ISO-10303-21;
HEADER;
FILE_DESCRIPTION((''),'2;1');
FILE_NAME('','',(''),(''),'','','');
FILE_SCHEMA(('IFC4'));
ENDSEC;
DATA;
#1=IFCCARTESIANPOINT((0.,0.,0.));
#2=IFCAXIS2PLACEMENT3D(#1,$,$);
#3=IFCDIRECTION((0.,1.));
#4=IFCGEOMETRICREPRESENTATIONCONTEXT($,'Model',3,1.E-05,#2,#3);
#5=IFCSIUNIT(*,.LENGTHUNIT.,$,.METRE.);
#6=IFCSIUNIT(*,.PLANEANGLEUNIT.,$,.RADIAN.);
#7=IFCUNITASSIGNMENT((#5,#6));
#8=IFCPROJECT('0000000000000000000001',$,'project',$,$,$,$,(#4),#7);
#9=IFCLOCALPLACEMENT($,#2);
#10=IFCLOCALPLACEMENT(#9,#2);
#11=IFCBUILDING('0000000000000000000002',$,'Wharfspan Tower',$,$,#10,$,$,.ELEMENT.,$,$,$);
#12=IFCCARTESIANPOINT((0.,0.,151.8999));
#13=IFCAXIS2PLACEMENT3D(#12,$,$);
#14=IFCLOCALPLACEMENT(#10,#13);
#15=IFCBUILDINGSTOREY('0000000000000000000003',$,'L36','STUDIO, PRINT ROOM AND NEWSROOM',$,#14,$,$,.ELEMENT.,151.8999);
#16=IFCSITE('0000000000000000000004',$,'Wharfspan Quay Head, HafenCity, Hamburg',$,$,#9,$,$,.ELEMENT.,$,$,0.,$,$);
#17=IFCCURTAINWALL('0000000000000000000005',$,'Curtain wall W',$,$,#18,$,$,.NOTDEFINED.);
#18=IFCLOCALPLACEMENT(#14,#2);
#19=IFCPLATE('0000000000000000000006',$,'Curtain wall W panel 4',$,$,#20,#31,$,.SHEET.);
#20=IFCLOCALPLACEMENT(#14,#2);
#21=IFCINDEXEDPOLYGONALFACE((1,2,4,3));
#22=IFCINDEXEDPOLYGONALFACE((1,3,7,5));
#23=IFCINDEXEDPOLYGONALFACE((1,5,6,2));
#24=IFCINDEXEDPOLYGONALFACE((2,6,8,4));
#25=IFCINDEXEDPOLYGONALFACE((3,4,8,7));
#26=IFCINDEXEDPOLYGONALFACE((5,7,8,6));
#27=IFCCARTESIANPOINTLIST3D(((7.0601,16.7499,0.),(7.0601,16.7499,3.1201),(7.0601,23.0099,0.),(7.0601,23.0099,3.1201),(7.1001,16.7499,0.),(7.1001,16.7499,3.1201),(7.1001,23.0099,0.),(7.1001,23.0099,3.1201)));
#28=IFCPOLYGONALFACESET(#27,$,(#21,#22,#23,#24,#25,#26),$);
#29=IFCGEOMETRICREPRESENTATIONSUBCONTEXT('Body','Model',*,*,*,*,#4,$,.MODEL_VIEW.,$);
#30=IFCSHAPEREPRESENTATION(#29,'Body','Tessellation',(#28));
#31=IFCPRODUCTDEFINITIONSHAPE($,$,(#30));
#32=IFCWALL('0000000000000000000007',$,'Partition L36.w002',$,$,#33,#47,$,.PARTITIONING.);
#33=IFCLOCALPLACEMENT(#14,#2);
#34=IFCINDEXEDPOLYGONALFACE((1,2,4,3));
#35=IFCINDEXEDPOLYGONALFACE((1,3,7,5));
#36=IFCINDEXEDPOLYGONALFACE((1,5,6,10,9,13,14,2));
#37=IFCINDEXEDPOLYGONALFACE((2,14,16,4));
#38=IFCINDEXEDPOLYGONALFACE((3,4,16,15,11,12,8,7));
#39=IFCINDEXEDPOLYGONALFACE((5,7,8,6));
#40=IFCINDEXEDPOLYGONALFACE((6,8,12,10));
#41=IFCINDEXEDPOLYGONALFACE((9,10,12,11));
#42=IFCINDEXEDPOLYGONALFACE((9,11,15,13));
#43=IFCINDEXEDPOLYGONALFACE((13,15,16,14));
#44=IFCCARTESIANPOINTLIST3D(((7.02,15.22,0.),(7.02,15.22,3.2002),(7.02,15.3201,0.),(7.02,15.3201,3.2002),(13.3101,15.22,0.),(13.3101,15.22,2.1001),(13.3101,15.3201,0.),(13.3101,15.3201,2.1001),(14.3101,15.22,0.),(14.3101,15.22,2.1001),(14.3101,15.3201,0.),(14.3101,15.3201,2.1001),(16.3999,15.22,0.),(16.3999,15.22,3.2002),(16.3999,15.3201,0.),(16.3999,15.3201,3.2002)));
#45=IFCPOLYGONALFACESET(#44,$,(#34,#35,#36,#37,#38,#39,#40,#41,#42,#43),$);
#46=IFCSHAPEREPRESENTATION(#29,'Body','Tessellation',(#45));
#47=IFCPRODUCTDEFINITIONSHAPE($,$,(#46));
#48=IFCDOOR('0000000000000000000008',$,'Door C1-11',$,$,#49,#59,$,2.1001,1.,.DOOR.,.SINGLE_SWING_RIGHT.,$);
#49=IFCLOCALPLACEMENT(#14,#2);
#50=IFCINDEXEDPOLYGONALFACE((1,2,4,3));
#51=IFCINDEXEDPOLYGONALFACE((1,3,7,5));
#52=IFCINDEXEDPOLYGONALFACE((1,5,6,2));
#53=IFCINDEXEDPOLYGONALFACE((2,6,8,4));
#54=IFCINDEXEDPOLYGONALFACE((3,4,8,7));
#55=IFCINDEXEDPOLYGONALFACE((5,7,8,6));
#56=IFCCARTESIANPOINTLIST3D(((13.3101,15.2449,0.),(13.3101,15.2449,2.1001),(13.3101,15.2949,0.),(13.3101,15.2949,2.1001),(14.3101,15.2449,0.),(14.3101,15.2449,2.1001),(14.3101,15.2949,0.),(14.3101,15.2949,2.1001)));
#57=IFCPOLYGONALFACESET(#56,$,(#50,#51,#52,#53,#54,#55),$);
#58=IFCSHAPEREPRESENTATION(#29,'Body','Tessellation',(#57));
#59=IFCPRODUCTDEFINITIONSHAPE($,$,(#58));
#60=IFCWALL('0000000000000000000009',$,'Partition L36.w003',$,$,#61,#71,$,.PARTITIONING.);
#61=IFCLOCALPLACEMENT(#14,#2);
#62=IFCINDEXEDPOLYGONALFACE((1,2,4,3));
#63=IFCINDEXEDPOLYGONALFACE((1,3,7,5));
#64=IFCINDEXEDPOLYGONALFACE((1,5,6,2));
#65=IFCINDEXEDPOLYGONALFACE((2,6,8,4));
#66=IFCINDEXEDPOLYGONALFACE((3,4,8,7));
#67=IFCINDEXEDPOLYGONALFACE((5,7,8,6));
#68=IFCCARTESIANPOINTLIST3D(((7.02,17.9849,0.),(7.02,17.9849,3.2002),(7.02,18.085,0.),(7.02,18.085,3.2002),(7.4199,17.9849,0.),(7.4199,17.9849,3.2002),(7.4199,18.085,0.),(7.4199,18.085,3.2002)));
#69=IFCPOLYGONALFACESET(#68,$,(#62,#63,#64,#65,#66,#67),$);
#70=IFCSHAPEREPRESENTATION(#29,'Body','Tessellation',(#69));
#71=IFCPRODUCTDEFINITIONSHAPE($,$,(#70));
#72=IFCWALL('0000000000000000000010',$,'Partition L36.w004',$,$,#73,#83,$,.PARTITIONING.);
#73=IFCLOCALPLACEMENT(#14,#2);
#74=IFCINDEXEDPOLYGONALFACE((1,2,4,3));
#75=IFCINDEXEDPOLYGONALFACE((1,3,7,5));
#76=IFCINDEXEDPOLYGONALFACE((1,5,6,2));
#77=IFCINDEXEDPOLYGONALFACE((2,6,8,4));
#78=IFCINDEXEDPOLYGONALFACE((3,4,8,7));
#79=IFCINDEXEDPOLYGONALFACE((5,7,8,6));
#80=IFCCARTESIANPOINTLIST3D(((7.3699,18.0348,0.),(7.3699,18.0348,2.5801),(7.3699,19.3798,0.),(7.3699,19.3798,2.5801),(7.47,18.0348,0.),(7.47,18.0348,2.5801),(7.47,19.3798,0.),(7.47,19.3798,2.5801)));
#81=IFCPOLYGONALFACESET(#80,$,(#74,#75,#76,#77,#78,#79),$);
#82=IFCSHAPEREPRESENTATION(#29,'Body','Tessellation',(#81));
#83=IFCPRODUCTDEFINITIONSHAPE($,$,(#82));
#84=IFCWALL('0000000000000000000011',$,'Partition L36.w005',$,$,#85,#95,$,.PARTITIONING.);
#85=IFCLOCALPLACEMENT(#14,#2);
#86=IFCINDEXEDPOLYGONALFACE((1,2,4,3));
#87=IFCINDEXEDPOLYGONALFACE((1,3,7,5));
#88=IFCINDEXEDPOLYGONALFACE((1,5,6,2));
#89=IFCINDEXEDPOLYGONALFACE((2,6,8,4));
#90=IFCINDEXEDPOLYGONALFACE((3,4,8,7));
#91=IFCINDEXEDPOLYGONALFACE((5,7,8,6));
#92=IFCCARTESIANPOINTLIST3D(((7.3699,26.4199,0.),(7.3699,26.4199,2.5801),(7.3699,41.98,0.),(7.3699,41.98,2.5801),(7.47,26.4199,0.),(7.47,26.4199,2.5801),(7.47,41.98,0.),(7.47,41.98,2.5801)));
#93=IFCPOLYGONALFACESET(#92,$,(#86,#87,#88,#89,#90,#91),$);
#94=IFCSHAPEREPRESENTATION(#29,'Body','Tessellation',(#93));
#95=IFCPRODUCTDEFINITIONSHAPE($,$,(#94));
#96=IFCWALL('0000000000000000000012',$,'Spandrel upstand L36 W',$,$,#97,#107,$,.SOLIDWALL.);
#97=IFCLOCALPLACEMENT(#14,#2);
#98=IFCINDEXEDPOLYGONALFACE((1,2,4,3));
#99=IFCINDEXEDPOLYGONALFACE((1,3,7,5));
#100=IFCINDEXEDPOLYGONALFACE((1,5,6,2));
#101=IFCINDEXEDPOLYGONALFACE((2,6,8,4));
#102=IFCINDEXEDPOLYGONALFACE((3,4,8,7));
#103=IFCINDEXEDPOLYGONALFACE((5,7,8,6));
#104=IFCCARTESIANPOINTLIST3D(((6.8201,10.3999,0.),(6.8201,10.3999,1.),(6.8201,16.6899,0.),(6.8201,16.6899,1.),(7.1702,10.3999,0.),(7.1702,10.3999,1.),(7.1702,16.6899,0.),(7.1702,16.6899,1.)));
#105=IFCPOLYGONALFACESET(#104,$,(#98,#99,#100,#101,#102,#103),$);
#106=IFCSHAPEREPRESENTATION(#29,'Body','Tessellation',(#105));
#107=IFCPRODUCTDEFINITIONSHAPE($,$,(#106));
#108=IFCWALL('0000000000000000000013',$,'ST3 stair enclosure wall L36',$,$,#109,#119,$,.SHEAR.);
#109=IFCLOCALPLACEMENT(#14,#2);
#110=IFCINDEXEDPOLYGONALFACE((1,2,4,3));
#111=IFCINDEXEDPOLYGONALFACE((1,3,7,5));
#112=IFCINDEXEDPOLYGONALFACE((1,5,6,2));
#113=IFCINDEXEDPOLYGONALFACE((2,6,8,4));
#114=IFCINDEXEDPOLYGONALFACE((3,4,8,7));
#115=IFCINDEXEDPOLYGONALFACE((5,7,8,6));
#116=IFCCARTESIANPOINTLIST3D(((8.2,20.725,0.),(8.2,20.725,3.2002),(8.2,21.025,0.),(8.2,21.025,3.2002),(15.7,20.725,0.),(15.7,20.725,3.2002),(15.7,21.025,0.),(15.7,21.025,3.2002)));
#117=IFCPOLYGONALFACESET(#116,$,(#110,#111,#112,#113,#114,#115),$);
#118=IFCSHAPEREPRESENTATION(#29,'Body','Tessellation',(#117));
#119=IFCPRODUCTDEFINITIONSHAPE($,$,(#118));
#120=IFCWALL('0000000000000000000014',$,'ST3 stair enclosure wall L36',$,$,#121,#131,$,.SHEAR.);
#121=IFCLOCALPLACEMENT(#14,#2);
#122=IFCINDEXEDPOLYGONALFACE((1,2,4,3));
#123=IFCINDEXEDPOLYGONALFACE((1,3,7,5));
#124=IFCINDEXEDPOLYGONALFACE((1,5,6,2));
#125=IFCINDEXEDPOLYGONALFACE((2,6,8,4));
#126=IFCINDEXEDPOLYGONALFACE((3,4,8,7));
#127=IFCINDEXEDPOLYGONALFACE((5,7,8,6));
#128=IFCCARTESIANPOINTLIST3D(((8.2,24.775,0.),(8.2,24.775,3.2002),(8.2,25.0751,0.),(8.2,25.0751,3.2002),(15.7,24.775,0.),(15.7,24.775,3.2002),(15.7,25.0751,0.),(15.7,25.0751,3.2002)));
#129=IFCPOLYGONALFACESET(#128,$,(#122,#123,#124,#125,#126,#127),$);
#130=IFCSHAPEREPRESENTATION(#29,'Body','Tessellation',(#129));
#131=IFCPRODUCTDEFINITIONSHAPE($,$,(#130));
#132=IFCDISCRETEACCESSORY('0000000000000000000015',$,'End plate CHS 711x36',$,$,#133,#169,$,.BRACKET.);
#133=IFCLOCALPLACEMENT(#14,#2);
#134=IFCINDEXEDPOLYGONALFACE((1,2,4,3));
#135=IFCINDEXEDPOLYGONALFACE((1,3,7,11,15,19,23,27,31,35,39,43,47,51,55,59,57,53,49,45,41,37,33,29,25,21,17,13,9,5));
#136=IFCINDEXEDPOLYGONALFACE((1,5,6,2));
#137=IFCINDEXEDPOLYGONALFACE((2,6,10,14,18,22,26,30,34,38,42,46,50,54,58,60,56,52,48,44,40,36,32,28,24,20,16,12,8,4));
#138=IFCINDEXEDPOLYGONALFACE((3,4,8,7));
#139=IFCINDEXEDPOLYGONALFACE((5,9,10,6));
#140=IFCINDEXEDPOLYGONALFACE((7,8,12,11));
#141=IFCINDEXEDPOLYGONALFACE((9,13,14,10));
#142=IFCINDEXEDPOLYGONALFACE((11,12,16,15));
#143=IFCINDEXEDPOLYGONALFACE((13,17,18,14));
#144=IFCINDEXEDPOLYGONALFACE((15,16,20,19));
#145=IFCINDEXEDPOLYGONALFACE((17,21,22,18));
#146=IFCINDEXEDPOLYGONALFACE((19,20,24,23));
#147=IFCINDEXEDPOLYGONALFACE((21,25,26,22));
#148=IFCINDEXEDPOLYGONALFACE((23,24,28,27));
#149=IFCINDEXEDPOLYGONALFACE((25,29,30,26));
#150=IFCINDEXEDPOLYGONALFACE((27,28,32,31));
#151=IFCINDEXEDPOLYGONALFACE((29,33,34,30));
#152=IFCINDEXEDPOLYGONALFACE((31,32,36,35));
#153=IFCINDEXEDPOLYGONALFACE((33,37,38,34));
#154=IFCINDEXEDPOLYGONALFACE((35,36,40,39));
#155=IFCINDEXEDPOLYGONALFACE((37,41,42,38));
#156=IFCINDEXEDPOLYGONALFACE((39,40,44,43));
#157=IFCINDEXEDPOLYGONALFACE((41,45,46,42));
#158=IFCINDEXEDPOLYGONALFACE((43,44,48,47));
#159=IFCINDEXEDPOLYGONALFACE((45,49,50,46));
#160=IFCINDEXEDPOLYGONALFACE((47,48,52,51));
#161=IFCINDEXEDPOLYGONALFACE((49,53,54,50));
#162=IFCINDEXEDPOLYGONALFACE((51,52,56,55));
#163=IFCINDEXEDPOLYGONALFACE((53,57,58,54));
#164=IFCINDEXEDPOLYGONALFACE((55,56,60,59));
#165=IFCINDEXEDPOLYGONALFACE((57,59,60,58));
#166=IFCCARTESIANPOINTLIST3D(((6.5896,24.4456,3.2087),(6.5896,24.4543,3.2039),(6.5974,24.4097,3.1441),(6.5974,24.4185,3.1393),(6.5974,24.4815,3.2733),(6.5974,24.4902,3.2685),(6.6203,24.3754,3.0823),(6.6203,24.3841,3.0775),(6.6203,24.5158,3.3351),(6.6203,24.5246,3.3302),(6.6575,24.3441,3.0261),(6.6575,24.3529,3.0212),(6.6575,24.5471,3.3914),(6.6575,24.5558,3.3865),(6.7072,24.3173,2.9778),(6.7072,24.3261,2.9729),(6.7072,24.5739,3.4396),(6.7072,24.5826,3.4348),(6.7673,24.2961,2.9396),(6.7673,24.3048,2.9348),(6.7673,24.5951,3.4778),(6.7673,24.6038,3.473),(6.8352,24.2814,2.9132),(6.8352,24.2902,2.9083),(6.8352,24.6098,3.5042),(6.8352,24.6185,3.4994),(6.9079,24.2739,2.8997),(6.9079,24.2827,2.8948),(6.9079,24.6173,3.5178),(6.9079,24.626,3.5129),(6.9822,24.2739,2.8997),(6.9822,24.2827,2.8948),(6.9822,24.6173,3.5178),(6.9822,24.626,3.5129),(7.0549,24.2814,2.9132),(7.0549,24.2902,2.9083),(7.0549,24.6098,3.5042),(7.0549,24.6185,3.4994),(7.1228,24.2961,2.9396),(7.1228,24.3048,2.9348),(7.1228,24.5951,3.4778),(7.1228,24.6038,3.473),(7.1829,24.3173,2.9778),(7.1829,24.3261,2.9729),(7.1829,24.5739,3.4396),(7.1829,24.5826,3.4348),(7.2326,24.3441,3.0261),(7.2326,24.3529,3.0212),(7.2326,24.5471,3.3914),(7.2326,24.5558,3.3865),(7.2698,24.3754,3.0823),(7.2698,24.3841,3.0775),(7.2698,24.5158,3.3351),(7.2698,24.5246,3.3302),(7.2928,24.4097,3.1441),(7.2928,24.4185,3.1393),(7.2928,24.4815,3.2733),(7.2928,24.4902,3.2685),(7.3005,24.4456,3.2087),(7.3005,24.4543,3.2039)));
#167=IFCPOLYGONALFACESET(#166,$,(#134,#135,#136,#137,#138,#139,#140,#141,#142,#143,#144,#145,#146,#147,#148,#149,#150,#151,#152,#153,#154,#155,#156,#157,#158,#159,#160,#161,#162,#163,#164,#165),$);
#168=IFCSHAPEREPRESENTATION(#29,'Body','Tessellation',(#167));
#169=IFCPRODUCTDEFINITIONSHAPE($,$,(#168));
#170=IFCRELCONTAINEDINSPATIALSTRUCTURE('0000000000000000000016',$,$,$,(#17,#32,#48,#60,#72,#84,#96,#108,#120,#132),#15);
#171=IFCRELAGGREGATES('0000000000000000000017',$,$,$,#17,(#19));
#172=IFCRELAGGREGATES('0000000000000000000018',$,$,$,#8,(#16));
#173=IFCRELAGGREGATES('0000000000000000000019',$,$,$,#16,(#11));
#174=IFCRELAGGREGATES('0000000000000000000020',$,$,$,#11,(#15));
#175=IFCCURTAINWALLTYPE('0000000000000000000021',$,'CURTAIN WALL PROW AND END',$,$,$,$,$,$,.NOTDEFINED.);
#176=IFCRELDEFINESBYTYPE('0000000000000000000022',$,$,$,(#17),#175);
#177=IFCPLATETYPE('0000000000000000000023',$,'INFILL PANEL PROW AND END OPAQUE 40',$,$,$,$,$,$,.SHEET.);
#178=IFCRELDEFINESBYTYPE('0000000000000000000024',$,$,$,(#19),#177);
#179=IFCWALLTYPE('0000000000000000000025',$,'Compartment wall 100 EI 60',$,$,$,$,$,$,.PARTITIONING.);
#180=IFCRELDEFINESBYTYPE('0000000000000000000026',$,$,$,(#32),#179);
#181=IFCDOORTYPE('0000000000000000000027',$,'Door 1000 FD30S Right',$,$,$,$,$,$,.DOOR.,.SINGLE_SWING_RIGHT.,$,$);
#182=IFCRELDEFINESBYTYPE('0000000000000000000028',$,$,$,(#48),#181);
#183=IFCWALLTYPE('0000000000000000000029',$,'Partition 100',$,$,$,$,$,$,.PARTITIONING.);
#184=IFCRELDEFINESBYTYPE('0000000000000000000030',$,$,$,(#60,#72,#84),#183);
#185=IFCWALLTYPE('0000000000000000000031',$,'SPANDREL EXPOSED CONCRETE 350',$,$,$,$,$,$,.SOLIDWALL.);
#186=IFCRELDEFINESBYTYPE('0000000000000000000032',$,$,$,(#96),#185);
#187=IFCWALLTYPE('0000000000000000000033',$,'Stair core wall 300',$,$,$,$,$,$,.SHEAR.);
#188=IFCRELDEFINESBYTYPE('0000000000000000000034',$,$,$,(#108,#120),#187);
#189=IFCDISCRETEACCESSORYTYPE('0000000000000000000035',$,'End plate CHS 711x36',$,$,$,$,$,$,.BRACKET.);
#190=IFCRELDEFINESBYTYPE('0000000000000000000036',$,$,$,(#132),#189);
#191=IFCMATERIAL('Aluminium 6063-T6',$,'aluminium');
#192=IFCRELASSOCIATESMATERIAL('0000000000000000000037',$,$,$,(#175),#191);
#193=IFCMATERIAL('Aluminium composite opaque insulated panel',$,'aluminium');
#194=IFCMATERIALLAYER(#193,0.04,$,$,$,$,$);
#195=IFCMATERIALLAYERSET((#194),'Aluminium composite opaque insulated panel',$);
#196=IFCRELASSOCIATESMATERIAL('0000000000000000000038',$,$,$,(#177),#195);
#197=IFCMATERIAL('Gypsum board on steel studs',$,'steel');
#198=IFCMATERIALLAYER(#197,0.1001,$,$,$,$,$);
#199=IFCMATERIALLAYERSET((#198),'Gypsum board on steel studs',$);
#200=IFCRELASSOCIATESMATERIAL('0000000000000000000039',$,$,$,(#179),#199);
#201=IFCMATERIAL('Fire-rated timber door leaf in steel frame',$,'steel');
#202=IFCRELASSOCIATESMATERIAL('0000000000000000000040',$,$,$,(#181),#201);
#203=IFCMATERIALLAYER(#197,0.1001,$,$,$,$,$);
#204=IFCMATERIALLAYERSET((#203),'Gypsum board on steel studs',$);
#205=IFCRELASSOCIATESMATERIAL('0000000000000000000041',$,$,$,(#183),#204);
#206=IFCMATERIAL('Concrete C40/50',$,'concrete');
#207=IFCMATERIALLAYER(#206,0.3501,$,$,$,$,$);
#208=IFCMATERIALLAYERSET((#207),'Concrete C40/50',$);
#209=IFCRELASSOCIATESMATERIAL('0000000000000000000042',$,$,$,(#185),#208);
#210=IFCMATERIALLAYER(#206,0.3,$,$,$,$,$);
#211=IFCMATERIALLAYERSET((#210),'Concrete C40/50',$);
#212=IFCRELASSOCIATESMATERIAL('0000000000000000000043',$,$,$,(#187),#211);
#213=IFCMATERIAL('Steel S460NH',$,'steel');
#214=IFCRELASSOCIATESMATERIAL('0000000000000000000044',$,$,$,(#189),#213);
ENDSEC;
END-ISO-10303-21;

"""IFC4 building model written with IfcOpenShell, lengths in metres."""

from ifc_helpers import new_model, si_unit, direction, frame, frame_2d, origin, origin_2d, place, context, subcontext, project, spatial, rectangle, circle, extrude, material, layer, layer_set, material_profile, profile_set, type_object, element, fill, aggregate, save


model = new_model("IFC4")

# Units and contexts
model_context = context("Model", 3, precision=1e-05, world=origin(), true_north=direction((0.0, 1.0)))
body_context = subcontext(model_context, "Body", "Model", "MODEL_VIEW")
ifc_project = project(units=[si_unit("LENGTHUNIT", "METRE"), si_unit("PLANEANGLEUNIT", "RADIAN")], contexts=[model_context])

# Site, building, storey
site_placement = place(None, origin())
site = spatial("IfcSite", under=ifc_project, at=site_placement, Name="Wharfspan Quay Head, HafenCity, Hamburg", CompositionType="ELEMENT", RefElevation=0.0)
building_placement = place(site_placement, origin())
building = spatial("IfcBuilding", under=site, at=building_placement, Name="Wharfspan Tower", CompositionType="ELEMENT")
storey_placement = place(building_placement, frame((0.0, 0.0, 151.8999)))
storey = spatial("IfcBuildingStorey", under=building, at=storey_placement, Name="L36", Description="STUDIO, PRINT ROOM AND NEWSROOM", CompositionType="ELEMENT", Elevation=151.8999)

# Shared definitions
ifc_material_1 = material(Name="Steel S460NH", Category="steel")

# Curtain wall
ifc_material_2 = material(Name="Aluminium 6063-T6", Category="aluminium")
curtain_wall_type = type_object("IfcCurtainWallType", Name="CURTAIN WALL PROW AND END", PredefinedType="NOTDEFINED", material=ifc_material_2)
curtain_wall_placement = place(storey_placement, origin())
curtain_wall = element("IfcCurtainWall", 1, at=curtain_wall_placement, inside=storey, type_object=curtain_wall_type, Name="Curtain wall W", PredefinedType="NOTDEFINED")

# Plate
ifc_material_3 = material(Name="Aluminium composite opaque insulated panel", Category="aluminium")
ifc_layer_1 = layer(ifc_material_3, 0.04)
ifc_layer_set_1 = layer_set([ifc_layer_1], Name="Aluminium composite opaque insulated panel")
plate_type = type_object("IfcPlateType", Name="INFILL PANEL PROW AND END OPAQUE 40", PredefinedType="SHEET", material=ifc_layer_set_1)
plate_1_placement = place(storey_placement, frame((7.0801, 19.8799, 0.0), z_axis=(0.0, 0.0, 1.0), x_axis=(0.0, -1.0, 0.0)))
plate_1 = element("IfcPlate", 2, at=plate_1_placement, type_object=plate_type, Name="Curtain wall W panel 4", PredefinedType="SHEET", context=body_context, shape_type="SweptSolid", body=[
    extrude(rectangle(XDim=6.26, YDim=0.04, at=origin_2d()), origin(), (0.0, 0.0, 1.0), 3.1201),
])
aggregate(curtain_wall, [plate_1])

# Wall, opening, door
ifc_material_4 = material(Name="Gypsum board on steel studs", Category="steel")
ifc_layer_2 = layer(ifc_material_4, 0.1001)
ifc_layer_set_2 = layer_set([ifc_layer_2], Name="Gypsum board on steel studs")
wall_type_1 = type_object("IfcWallType", Name="Compartment wall 100 EI 60", PredefinedType="PARTITIONING", material=ifc_layer_set_2)
wall_1_placement = place(storey_placement, frame((7.02, 15.27, 0.0), z_axis=(0.0, 0.0, 1.0), x_axis=(1.0, 0.0, 0.0)))
wall_1 = element("IfcWall", 3, at=wall_1_placement, inside=storey, type_object=wall_type_1, Name="Partition L36.w002", PredefinedType="PARTITIONING", context=body_context, shape_type="SweptSolid", body=[
    extrude(rectangle(XDim=9.3799, YDim=0.1001, at=frame_2d((4.6899, 0.0))), origin(), (0.0, 0.0, 1.0), 3.2002),
])
opening_placement = place(wall_1_placement, frame((6.29, 0.0, 0.0)))
opening = element("IfcOpeningElement", 4, at=opening_placement, cuts=wall_1, PredefinedType="OPENING", context=body_context, shape_type="SweptSolid", body=[
    extrude(rectangle(XDim=1.0, YDim=2.1001, at=frame_2d((0.5, 1.05))), frame((0.0, 0.0601, 0.0), z_axis=(0.0, -1.0, 0.0), x_axis=(1.0, 0.0, 0.0)), (0.0, 0.0, 1.0), 0.1201),
])
ifc_material_5 = material(Name="Fire-rated timber door leaf in steel frame", Category="steel")
door_type = type_object("IfcDoorType", Name="Door 1000 FD30S Right", OperationType="SINGLE_SWING_RIGHT", PredefinedType="DOOR", material=ifc_material_5)
door_placement = place(opening_placement, origin())
door = element("IfcDoor", 5, at=door_placement, inside=storey, type_object=door_type, Name="Door C1-11", OperationType="SINGLE_SWING_RIGHT", OverallHeight=2.1001, OverallWidth=1.0, PredefinedType="DOOR", context=body_context, shape_type="SweptSolid", body=[
    extrude(rectangle(XDim=1.0, YDim=2.1001, at=frame_2d((0.5, 1.05))), frame((0.0, 0.0249, 0.0), z_axis=(0.0, -1.0, 0.0), x_axis=(1.0, 0.0, 0.0)), (0.0, 0.0, 1.0), 0.05),
])
fill(opening, door)

# Walls
ifc_layer_3 = layer(ifc_material_4, 0.1001)
ifc_layer_set_3 = layer_set([ifc_layer_3], Name="Gypsum board on steel studs")
wall_type_2 = type_object("IfcWallType", Name="Partition 100", PredefinedType="PARTITIONING", material=ifc_layer_set_3)
wall_2_placement = place(storey_placement, frame((7.02, 18.0349, 0.0), z_axis=(0.0, 0.0, 1.0), x_axis=(1.0, 0.0, 0.0)))
element("IfcWall", 6, at=wall_2_placement, inside=storey, type_object=wall_type_2, Name="Partition L36.w003", PredefinedType="PARTITIONING", context=body_context, shape_type="SweptSolid", body=[
    extrude(rectangle(XDim=0.3999, YDim=0.1001, at=frame_2d((0.2, 0.0))), origin(), (0.0, 0.0, 1.0), 3.2002),
])
wall_3_placement = place(storey_placement, frame((7.4199, 18.0349, 0.0), z_axis=(0.0, 0.0, 1.0), x_axis=(0.0, 1.0, 0.0)))
element("IfcWall", 7, at=wall_3_placement, inside=storey, type_object=wall_type_2, Name="Partition L36.w004", PredefinedType="PARTITIONING", context=body_context, shape_type="SweptSolid", body=[
    extrude(rectangle(XDim=1.345, YDim=0.1001, at=frame_2d((0.6724, 0.0))), origin(), (0.0, 0.0, 1.0), 2.5801),
])
wall_4_placement = place(storey_placement, frame((7.4199, 26.4199, 0.0), z_axis=(0.0, 0.0, 1.0), x_axis=(0.0, 1.0, 0.0)))
element("IfcWall", 8, at=wall_4_placement, inside=storey, type_object=wall_type_2, Name="Partition L36.w005", PredefinedType="PARTITIONING", context=body_context, shape_type="SweptSolid", body=[
    extrude(rectangle(XDim=15.5601, YDim=0.1001, at=frame_2d((7.78, 0.0))), origin(), (0.0, 0.0, 1.0), 2.5801),
])
ifc_material_6 = material(Name="Concrete C40/50", Category="concrete")
ifc_layer_4 = layer(ifc_material_6, 0.3501)
ifc_layer_set_4 = layer_set([ifc_layer_4], Name="Concrete C40/50")
wall_type_3 = type_object("IfcWallType", Name="SPANDREL EXPOSED CONCRETE 350", PredefinedType="SOLIDWALL", material=ifc_layer_set_4)
wall_5_placement = place(storey_placement, frame((6.9951, 16.6899, 0.0), z_axis=(0.0, 0.0, 1.0), x_axis=(0.0, -1.0, 0.0)))
element("IfcWall", 9, at=wall_5_placement, inside=storey, type_object=wall_type_3, Name="Spandrel upstand L36 W", PredefinedType="SOLIDWALL", context=body_context, shape_type="SweptSolid", body=[
    extrude(rectangle(XDim=6.29, YDim=0.3501, at=frame_2d((3.145, 0.0))), origin(), (0.0, 0.0, 1.0), 1.0),
])
ifc_layer_5 = layer(ifc_material_6, 0.3)
ifc_layer_set_5 = layer_set([ifc_layer_5], Name="Concrete C40/50")
wall_type_4 = type_object("IfcWallType", Name="Stair core wall 300", PredefinedType="SHEAR", material=ifc_layer_set_5)
for number, where, z_axis, x_axis, name in (
    (10, (8.2, 20.875, 0.0), (0.0, 0.0, 1.0), (1.0, 0.0, 0.0), "ST3 stair enclosure wall L36"),
    (11, (8.2, 24.925, 0.0), (0.0, 0.0, 1.0), (1.0, 0.0, 0.0), "ST3 stair enclosure wall L36"),
):
    element("IfcWall", number, at=place(storey_placement, frame(where, z_axis=z_axis, x_axis=x_axis)), inside=storey, type_object=wall_type_4, Name=name, PredefinedType="SHEAR", context=body_context, shape_type="SweptSolid", body=[
        extrude(rectangle(XDim=7.5, YDim=0.3, at=frame_2d((3.75, 0.0))), origin(), (0.0, 0.0, 1.0), 3.2002),
    ])

# Discrete accessory
ifc_material_profile_1 = material_profile(ifc_material_1, circle(Radius=0.3555, at=origin_2d()))
ifc_profile_set_1 = profile_set([ifc_material_profile_1], Name="Steel S460NH")
discrete_accessory_type = type_object("IfcDiscreteAccessoryType", Name="End plate CHS 711x36", PredefinedType="BRACKET", material=ifc_profile_set_1)
for number, where, z_axis, x_axis, name in (
    (12, (6.9451, 24.4543, 3.2039), (0.0, -0.874157, 0.485643), (1.0, 0.0, 0.0), "End plate CHS 711x36"),
):
    element("IfcDiscreteAccessory", number, at=place(storey_placement, frame(where, z_axis=z_axis, x_axis=x_axis)), inside=storey, type_object=discrete_accessory_type, Name=name, PredefinedType="BRACKET", context=body_context, shape_type="SweptSolid", body=[
        extrude(circle(Radius=0.3555, at=origin_2d()), origin(), (0.0, 0.0, 1.0), 0.01),
    ])

save(model, "model.ifc")
